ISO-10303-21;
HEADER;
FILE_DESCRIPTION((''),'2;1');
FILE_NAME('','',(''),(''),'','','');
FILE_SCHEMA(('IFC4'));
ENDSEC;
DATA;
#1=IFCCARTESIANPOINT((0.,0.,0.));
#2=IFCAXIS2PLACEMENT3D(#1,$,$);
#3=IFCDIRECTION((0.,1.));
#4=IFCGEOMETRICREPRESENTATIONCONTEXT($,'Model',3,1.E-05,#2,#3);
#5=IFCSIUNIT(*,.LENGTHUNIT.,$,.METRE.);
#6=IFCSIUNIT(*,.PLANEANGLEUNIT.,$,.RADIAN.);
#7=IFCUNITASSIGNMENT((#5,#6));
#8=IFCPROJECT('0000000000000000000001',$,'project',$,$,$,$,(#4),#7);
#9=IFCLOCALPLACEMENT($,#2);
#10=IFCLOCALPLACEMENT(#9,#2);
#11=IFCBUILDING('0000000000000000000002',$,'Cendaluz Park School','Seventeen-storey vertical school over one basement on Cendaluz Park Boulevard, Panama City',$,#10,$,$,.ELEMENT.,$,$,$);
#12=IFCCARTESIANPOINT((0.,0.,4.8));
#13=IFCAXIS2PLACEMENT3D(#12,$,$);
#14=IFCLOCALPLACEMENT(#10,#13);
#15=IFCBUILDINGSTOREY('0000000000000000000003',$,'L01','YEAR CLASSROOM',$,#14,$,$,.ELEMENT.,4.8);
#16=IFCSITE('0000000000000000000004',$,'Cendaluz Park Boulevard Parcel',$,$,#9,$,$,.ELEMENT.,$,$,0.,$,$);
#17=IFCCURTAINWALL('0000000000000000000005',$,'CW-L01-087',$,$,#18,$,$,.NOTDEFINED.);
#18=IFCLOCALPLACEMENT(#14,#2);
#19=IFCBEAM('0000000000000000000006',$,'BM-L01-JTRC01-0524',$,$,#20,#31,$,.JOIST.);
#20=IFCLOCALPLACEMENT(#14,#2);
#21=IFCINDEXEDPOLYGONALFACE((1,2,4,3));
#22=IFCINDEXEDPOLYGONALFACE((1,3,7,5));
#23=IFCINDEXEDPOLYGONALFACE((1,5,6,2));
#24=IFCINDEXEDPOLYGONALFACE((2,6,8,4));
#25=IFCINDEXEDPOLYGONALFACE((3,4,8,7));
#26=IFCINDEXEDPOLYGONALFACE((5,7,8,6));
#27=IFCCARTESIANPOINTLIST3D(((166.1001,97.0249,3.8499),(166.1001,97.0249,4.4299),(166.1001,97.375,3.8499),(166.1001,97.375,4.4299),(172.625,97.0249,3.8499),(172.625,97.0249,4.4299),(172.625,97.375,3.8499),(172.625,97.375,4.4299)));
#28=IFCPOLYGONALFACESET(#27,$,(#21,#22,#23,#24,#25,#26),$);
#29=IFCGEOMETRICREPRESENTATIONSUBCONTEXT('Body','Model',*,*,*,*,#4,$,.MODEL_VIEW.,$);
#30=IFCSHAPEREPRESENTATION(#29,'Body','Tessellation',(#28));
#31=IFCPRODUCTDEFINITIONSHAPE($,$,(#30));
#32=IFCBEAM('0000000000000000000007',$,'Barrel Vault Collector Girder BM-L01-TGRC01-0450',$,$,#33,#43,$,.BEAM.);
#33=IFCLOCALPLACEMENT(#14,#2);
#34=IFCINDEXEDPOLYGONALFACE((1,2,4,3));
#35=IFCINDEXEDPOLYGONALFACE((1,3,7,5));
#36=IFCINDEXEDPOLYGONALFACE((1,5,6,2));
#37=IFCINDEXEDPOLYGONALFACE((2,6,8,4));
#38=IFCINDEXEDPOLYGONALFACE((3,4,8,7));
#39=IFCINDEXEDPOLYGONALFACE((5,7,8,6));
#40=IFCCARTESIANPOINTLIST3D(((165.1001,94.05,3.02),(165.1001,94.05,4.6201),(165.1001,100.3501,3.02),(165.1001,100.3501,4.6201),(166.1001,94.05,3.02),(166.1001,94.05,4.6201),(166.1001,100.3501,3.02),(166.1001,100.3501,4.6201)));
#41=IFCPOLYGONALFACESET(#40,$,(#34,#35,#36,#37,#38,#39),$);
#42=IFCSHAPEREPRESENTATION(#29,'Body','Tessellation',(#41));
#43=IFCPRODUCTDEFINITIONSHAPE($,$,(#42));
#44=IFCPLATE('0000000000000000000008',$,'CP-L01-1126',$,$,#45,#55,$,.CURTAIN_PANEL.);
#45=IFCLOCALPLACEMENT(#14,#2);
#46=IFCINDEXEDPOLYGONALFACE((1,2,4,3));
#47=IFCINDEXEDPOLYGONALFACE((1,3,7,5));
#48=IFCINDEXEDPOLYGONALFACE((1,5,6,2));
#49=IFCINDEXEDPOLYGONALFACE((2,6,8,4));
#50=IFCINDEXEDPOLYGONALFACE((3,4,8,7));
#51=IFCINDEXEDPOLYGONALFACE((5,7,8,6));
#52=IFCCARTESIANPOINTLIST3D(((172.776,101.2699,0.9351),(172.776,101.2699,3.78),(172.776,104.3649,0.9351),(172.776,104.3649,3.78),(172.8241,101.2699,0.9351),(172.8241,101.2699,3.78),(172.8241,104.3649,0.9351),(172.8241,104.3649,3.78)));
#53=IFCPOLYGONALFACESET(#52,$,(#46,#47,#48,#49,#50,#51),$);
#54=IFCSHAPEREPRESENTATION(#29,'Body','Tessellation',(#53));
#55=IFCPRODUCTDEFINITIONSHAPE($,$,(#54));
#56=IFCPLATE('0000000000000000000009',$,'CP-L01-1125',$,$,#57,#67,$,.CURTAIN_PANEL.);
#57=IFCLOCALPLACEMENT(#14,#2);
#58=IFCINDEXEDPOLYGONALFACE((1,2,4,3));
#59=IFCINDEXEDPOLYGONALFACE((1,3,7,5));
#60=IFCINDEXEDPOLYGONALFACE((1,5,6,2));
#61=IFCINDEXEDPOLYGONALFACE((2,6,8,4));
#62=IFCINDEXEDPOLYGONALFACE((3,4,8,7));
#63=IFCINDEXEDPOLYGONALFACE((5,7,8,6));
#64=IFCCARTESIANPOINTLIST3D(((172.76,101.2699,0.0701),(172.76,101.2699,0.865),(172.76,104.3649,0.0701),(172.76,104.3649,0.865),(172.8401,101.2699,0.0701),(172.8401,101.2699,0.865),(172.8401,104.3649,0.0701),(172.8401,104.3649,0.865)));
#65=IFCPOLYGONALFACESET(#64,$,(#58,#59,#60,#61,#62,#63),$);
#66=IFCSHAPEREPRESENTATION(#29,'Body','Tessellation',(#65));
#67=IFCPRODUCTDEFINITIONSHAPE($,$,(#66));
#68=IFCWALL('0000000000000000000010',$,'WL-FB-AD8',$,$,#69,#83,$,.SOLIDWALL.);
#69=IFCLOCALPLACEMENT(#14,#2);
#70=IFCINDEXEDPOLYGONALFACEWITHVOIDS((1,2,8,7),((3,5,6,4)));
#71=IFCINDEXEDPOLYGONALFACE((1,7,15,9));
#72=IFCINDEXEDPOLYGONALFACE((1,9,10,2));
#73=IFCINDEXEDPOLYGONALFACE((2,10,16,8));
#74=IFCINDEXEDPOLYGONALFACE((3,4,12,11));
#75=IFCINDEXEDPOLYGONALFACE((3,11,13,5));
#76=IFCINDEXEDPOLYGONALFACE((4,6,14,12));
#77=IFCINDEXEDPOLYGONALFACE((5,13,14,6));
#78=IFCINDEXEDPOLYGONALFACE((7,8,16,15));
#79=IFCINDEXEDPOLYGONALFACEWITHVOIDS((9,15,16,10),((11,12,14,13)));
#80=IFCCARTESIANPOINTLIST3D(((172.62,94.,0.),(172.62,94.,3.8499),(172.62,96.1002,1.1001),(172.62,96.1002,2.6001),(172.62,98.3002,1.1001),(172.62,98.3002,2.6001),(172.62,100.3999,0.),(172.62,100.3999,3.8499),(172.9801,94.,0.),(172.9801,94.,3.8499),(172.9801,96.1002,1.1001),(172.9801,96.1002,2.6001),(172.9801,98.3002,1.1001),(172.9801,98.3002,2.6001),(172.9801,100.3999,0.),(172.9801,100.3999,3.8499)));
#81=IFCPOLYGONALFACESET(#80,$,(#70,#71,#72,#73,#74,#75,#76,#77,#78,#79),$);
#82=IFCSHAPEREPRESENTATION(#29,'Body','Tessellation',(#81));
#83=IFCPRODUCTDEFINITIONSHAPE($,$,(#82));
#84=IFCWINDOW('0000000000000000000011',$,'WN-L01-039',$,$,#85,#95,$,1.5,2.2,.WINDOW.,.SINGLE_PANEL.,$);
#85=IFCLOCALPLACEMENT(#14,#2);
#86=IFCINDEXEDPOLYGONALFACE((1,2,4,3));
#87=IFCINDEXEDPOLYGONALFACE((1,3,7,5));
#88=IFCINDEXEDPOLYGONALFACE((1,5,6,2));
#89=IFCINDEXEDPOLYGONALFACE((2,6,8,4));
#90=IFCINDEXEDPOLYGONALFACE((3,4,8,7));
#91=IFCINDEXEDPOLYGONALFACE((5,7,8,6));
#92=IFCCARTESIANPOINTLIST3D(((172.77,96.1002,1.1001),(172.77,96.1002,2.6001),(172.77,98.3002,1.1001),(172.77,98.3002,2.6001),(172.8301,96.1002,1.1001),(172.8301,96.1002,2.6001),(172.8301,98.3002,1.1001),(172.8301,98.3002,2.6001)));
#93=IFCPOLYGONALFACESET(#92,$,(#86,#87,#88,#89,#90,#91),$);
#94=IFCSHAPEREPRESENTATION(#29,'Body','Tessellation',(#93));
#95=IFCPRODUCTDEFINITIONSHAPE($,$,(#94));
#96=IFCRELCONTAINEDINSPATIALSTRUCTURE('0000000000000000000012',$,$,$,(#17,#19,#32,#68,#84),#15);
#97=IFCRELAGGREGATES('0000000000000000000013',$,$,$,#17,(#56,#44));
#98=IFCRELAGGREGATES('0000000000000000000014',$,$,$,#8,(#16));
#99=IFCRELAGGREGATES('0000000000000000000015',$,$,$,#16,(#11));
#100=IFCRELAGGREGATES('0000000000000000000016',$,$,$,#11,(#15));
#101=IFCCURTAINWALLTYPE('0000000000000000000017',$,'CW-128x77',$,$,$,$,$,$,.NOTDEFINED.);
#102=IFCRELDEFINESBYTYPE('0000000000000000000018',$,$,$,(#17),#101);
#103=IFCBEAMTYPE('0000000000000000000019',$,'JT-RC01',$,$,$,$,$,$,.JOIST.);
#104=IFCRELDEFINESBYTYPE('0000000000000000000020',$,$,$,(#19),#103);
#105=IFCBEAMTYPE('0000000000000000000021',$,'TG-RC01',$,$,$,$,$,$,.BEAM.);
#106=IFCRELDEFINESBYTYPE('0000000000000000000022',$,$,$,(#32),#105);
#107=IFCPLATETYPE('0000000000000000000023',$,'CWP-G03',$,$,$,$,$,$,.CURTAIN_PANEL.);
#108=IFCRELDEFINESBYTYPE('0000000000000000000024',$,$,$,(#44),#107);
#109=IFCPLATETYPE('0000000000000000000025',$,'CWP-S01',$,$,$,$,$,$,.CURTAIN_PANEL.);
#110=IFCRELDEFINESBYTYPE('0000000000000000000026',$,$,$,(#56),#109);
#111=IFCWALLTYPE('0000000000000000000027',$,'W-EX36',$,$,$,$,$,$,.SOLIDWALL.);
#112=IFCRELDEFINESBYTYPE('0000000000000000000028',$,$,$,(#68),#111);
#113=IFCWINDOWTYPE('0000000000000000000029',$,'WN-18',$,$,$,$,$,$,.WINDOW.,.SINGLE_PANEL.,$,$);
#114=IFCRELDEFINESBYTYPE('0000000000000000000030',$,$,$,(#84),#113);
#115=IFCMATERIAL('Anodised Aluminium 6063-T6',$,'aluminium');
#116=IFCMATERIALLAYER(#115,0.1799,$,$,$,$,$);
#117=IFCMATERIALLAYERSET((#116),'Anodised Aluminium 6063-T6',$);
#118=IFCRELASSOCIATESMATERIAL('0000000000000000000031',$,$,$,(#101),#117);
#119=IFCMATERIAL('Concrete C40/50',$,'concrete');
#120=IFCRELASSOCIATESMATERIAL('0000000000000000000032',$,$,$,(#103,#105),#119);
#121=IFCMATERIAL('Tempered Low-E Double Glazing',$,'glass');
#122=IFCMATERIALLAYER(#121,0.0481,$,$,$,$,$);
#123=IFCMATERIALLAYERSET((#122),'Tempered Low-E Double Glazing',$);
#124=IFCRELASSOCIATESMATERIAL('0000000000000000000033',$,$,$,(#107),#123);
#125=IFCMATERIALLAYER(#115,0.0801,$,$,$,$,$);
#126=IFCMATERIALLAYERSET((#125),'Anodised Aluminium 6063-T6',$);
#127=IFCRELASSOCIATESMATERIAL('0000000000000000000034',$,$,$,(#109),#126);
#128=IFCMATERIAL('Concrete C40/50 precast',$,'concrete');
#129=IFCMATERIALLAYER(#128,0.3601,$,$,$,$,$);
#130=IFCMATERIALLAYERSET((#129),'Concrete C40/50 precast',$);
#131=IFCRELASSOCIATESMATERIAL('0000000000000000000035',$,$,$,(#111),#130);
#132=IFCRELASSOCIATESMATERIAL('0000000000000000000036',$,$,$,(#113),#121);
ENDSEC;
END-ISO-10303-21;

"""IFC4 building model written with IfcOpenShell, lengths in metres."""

from ifc_helpers import new_model, si_unit, direction, frame, frame_2d, origin, origin_2d, place, context, subcontext, project, spatial, rectangle, extrude, material, layer, layer_set, material_profile, profile_set, type_object, element, fill, aggregate, save


model = new_model("IFC4")

# Units and contexts
model_context = context("Model", 3, precision=1e-05, world=origin(), true_north=direction((0.0, 1.0)))
body_context = subcontext(model_context, "Body", "Model", "MODEL_VIEW")
ifc_project = project(units=[si_unit("LENGTHUNIT", "METRE"), si_unit("PLANEANGLEUNIT", "RADIAN")], contexts=[model_context])

# Site, building, storey
site_placement = place(None, origin())
site = spatial("IfcSite", under=ifc_project, at=site_placement, Name="Cendaluz Park Boulevard Parcel", CompositionType="ELEMENT", RefElevation=0.0)
building_placement = place(site_placement, origin())
building = spatial("IfcBuilding", under=site, at=building_placement, Name="Cendaluz Park School", Description="Seventeen-storey vertical school over one basement on Cendaluz Park Boulevard, Panama City", CompositionType="ELEMENT")
storey_placement = place(building_placement, frame((0.0, 0.0, 4.8)))
storey = spatial("IfcBuildingStorey", under=building, at=storey_placement, Name="L01", Description="YEAR CLASSROOM", CompositionType="ELEMENT", Elevation=4.8)

# Shared definitions
ifc_material_1 = material(Name="Concrete C40/50", Category="concrete")

# Curtain wall
ifc_material_2 = material(Name="Anodised Aluminium 6063-T6", Category="aluminium")
ifc_layer_1 = layer(ifc_material_2, 0.1799)
ifc_layer_set_1 = layer_set([ifc_layer_1], Name="Anodised Aluminium 6063-T6")
curtain_wall_type = type_object("IfcCurtainWallType", Name="CW-128x77", PredefinedType="NOTDEFINED", material=ifc_layer_set_1)
curtain_wall_placement = place(storey_placement, origin())
curtain_wall = element("IfcCurtainWall", 1, at=curtain_wall_placement, inside=storey, type_object=curtain_wall_type, Name="CW-L01-087", PredefinedType="NOTDEFINED")

# Beams
ifc_material_profile_1 = material_profile(ifc_material_1, rectangle(XDim=0.3501, YDim=0.5801, at=origin_2d()), Name="RC 350x580", Category="concrete")
ifc_profile_set_1 = profile_set([ifc_material_profile_1], Name="Concrete C40/50")
beam_type_1 = type_object("IfcBeamType", Name="JT-RC01", PredefinedType="JOIST", material=ifc_profile_set_1)
beam_1_placement = place(storey_placement, frame((166.1001, 97.2, 4.1399), z_axis=(1.0, 0.0, 0.0), x_axis=(0.0, 1.0, 0.0)))
element("IfcBeam", 2, at=beam_1_placement, inside=storey, type_object=beam_type_1, Name="BM-L01-JTRC01-0524", PredefinedType="JOIST", context=body_context, shape_type="SweptSolid", body=[
    extrude(rectangle(XDim=0.3501, YDim=0.5801, at=origin_2d()), origin(), (0.0, 0.0, 1.0), 6.5249),
])
ifc_material_profile_2 = material_profile(ifc_material_1, rectangle(XDim=1.0, YDim=1.6001, at=origin_2d()), Name="RC 1000x1600", Category="concrete")
ifc_profile_set_2 = profile_set([ifc_material_profile_2], Name="Concrete C40/50")
beam_type_2 = type_object("IfcBeamType", Name="TG-RC01", PredefinedType="BEAM", material=ifc_profile_set_2)
beam_2_placement = place(storey_placement, frame((165.6001, 94.05, 3.8201), z_axis=(0.0, 1.0, 0.0), x_axis=(-1.0, 0.0, 0.0)))
element("IfcBeam", 3, at=beam_2_placement, inside=storey, type_object=beam_type_2, Name="Barrel Vault Collector Girder BM-L01-TGRC01-0450", PredefinedType="BEAM", context=body_context, shape_type="SweptSolid", body=[
    extrude(rectangle(XDim=1.0, YDim=1.6001, at=origin_2d()), origin(), (0.0, 0.0, 1.0), 6.3),
])

# Plates
ifc_material_3 = material(Name="Tempered Low-E Double Glazing", Category="glass")
ifc_layer_2 = layer(ifc_material_3, 0.0481)
ifc_layer_set_2 = layer_set([ifc_layer_2], Name="Tempered Low-E Double Glazing")
plate_type_1 = type_object("IfcPlateType", Name="CWP-G03", PredefinedType="CURTAIN_PANEL", material=ifc_layer_set_2)
plate_1_placement = place(storey_placement, frame((172.8, 102.8174, 0.9351), z_axis=(0.0, 0.0, 1.0), x_axis=(0.0, 1.0, 0.0)))
plate_1 = element("IfcPlate", 4, at=plate_1_placement, type_object=plate_type_1, Name="CP-L01-1126", PredefinedType="CURTAIN_PANEL", context=body_context, shape_type="SweptSolid", body=[
    extrude(rectangle(XDim=3.095, YDim=0.0481, at=origin_2d()), origin(), (0.0, 0.0, 1.0), 2.845),
])
ifc_layer_3 = layer(ifc_material_2, 0.0801)
ifc_layer_set_3 = layer_set([ifc_layer_3], Name="Anodised Aluminium 6063-T6")
plate_type_2 = type_object("IfcPlateType", Name="CWP-S01", PredefinedType="CURTAIN_PANEL", material=ifc_layer_set_3)
plate_2_placement = place(storey_placement, frame((172.8, 102.8174, 0.0701), z_axis=(0.0, 0.0, 1.0), x_axis=(0.0, 1.0, 0.0)))
plate_2 = element("IfcPlate", 5, at=plate_2_placement, type_object=plate_type_2, Name="CP-L01-1125", PredefinedType="CURTAIN_PANEL", context=body_context, shape_type="SweptSolid", body=[
    extrude(rectangle(XDim=3.095, YDim=0.0801, at=origin_2d()), origin(), (0.0, 0.0, 1.0), 0.7949),
])
aggregate(curtain_wall, [plate_2, plate_1])

# Wall, opening, window
ifc_material_4 = material(Name="Concrete C40/50 precast", Category="concrete")
ifc_layer_4 = layer(ifc_material_4, 0.3601)
ifc_layer_set_4 = layer_set([ifc_layer_4], Name="Concrete C40/50 precast")
wall_type_1 = type_object("IfcWallType", Name="W-EX36", PredefinedType="SOLIDWALL", material=ifc_layer_set_4)
wall_1_placement = place(storey_placement, frame((172.8, 94.0, 0.0), z_axis=(0.0, 0.0, 1.0), x_axis=(0.0, 1.0, 0.0)))
wall_1 = element("IfcWall", 6, at=wall_1_placement, inside=storey, type_object=wall_type_1, Name="WL-FB-AD8", PredefinedType="SOLIDWALL", context=body_context, shape_type="SweptSolid", body=[
    extrude(rectangle(XDim=6.3999, YDim=0.3601, at=frame_2d((3.2, 0.0))), origin(), (0.0, 0.0, 1.0), 3.8499),
])
opening_1_placement = place(wall_1_placement, frame((2.1001, 0.0, 1.1001)))
opening_1 = element("IfcOpeningElement", 7, at=opening_1_placement, cuts=wall_1, PredefinedType="OPENING", context=body_context, shape_type="SweptSolid", body=[
    extrude(rectangle(XDim=2.2, YDim=1.5, at=frame_2d((1.1001, 0.75))), frame((0.0, 0.1921, 0.0), z_axis=(0.0, -1.0, 0.0), x_axis=(1.0, 0.0, 0.0)), (0.0, 0.0, 1.0), 0.384),
])
window_type = type_object("IfcWindowType", Name="WN-18", PartitioningType="SINGLE_PANEL", PredefinedType="WINDOW", material=ifc_material_3)
window_placement = place(opening_1_placement, origin())
window = element("IfcWindow", 8, at=window_placement, inside=storey, type_object=window_type, Name="WN-L01-039", OverallHeight=1.5, OverallWidth=2.2, PartitioningType="SINGLE_PANEL", PredefinedType="WINDOW", context=body_context, shape_type="SweptSolid", body=[
    extrude(rectangle(XDim=2.2, YDim=1.5, at=frame_2d((1.1001, 0.75))), frame((0.0, 0.03, 0.0), z_axis=(0.0, -1.0, 0.0), x_axis=(1.0, 0.0, 0.0)), (0.0, 0.0, 1.0), 0.0601),
])
fill(opening_1, window)

save(model, "model.ifc")
